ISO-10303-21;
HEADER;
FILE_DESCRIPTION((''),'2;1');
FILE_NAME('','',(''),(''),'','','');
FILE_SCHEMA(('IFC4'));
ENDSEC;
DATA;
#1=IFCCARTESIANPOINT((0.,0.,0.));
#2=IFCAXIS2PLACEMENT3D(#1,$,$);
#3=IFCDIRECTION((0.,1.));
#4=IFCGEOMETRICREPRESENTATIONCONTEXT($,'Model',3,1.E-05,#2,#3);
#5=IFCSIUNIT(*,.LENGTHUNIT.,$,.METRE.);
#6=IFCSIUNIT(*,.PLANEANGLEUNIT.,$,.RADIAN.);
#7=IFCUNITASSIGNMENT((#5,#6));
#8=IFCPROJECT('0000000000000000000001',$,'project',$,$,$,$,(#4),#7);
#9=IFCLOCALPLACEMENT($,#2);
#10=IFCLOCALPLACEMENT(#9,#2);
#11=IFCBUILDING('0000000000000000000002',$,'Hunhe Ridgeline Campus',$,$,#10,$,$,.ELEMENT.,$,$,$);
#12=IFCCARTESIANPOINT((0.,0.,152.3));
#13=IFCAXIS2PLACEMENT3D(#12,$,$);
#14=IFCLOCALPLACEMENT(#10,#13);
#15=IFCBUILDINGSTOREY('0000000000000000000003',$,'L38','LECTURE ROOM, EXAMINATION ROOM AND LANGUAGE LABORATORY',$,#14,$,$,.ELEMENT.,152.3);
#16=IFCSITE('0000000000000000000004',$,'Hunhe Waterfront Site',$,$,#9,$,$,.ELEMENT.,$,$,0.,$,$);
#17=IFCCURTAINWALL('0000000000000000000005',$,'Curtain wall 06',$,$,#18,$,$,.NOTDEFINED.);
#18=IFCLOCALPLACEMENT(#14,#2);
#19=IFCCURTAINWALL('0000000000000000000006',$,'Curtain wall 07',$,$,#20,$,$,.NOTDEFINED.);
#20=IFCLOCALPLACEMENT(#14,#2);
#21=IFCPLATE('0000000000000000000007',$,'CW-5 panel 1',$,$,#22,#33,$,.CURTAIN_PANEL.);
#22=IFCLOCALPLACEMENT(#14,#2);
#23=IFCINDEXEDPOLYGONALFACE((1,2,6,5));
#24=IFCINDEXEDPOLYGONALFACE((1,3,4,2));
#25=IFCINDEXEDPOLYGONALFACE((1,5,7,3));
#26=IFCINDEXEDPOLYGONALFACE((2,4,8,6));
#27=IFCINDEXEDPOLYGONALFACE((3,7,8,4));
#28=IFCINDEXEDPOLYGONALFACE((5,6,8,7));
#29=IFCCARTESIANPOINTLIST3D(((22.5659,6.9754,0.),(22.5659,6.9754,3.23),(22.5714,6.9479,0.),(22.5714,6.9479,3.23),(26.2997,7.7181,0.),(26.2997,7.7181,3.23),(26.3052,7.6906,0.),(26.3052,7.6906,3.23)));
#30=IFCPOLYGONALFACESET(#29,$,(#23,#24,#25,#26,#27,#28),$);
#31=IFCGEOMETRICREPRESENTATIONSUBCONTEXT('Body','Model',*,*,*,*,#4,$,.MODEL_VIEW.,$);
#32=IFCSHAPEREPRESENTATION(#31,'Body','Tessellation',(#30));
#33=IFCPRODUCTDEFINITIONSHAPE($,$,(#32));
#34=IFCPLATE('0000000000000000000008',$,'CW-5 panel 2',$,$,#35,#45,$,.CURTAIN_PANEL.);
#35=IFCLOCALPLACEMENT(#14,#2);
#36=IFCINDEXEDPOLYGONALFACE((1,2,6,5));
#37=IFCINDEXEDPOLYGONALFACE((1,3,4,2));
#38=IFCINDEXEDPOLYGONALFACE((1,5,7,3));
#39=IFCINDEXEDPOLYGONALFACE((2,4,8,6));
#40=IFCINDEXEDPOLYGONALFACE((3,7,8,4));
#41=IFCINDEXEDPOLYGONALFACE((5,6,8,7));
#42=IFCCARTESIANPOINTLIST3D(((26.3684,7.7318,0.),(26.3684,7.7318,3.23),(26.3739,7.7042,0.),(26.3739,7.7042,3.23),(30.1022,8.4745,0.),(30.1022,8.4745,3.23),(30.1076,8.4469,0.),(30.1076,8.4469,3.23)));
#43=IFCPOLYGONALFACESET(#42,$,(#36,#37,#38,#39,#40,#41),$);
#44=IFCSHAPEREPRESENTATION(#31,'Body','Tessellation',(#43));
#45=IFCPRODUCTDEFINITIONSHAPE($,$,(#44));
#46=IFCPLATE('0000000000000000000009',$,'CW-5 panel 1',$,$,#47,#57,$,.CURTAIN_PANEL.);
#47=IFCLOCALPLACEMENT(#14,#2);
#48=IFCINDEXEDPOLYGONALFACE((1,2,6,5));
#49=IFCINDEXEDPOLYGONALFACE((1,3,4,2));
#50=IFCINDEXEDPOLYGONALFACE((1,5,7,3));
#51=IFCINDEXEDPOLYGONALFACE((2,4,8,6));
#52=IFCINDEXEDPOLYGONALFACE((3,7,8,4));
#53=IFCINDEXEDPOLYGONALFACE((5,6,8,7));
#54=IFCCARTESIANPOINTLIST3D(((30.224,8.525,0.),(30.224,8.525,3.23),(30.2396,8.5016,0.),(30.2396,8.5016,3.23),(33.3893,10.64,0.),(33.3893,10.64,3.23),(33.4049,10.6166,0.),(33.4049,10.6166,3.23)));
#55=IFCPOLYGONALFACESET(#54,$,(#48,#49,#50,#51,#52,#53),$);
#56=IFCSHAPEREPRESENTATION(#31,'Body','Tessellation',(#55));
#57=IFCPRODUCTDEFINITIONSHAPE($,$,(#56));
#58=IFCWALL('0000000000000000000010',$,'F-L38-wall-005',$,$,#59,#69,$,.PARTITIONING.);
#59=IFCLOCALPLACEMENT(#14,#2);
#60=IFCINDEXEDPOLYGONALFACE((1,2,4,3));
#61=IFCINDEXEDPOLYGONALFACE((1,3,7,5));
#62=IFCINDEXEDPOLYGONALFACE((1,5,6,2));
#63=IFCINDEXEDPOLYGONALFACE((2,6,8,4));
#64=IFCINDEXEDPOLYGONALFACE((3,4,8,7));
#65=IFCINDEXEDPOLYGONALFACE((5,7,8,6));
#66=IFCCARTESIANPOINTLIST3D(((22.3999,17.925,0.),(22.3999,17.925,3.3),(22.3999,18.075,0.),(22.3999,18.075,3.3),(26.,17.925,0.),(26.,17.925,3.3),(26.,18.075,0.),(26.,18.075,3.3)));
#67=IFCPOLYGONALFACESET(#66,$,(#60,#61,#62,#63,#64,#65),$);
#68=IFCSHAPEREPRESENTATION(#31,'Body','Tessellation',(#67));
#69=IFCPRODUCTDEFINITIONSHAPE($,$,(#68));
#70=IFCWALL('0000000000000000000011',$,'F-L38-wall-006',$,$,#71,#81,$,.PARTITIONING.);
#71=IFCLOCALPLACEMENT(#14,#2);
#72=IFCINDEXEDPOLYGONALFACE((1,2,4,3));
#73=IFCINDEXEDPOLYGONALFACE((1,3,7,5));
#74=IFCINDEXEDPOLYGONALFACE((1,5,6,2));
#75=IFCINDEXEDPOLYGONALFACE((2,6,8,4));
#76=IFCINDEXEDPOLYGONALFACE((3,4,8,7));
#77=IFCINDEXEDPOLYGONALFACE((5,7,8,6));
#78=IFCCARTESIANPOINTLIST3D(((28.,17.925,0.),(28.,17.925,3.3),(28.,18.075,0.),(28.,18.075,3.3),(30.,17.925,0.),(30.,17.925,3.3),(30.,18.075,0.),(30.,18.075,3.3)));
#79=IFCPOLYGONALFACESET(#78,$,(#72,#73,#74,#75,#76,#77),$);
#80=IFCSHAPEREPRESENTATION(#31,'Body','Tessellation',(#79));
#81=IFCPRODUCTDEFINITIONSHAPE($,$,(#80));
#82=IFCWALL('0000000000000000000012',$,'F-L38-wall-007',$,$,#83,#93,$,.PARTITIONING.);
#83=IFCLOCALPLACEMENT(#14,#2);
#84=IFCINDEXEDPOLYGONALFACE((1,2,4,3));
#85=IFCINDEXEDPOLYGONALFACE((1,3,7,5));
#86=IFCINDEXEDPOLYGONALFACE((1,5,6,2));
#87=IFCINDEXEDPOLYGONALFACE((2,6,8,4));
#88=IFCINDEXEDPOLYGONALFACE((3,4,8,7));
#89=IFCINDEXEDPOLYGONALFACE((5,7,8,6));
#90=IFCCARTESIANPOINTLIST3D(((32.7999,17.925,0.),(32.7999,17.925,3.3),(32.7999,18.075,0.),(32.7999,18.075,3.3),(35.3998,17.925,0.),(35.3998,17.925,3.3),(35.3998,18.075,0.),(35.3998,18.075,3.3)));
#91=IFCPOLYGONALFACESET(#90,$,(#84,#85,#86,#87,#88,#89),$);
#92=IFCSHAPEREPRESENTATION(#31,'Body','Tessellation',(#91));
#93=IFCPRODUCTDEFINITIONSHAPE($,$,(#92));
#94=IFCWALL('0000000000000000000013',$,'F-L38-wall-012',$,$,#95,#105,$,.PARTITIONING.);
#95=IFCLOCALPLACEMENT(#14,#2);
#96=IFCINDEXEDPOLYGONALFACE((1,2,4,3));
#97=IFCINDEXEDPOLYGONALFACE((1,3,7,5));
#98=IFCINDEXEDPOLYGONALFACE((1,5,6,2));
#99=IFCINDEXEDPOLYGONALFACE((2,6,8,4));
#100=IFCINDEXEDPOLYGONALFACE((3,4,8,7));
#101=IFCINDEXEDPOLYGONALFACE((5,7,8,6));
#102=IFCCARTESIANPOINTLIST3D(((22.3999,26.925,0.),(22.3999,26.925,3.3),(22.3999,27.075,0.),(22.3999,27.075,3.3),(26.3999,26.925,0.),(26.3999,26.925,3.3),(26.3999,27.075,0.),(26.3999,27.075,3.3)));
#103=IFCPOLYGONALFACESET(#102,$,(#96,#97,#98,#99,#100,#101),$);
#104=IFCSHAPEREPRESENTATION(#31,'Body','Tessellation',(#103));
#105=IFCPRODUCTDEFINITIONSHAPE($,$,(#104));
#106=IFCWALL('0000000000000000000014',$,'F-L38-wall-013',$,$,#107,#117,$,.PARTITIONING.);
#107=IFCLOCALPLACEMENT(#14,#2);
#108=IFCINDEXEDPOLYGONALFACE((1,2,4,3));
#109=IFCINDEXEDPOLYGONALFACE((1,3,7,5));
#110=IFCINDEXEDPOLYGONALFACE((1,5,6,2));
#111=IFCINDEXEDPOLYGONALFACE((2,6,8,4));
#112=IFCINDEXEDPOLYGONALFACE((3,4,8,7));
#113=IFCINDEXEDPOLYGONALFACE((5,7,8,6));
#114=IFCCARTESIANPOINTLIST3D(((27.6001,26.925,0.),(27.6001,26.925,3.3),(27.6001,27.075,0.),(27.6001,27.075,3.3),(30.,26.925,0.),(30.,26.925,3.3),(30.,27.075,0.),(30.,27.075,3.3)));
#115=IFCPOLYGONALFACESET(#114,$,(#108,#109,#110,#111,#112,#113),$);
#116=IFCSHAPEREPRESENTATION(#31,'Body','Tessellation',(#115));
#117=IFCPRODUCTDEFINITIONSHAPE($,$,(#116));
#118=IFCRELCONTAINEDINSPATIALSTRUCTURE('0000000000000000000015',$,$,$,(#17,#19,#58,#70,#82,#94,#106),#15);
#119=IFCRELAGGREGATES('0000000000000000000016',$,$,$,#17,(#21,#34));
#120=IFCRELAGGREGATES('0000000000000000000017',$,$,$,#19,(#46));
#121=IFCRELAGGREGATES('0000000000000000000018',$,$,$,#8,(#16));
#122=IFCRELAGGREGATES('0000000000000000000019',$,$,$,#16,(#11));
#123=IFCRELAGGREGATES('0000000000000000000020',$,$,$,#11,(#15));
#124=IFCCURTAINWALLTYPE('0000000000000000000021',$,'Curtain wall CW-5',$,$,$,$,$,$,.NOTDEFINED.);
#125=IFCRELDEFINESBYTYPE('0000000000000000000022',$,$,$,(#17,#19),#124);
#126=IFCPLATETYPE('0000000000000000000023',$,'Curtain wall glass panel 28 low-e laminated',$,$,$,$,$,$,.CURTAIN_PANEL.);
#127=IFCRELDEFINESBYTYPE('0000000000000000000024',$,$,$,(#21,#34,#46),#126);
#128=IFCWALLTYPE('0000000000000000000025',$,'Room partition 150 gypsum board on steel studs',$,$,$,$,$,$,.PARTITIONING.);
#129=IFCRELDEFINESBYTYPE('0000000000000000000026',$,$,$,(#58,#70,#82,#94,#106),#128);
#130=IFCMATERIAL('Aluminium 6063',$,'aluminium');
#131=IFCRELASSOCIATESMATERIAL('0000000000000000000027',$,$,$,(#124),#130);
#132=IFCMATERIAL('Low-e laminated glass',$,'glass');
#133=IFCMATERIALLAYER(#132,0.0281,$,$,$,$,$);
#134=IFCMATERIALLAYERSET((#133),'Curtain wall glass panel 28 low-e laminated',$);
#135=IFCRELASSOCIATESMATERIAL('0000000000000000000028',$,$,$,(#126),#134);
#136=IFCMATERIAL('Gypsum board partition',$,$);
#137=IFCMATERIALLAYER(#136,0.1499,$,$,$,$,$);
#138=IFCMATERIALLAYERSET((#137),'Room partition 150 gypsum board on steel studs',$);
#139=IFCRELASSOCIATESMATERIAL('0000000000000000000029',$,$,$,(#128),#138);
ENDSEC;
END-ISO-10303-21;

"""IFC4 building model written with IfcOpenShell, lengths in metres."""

from ifc_helpers import new_model, si_unit, direction, frame, frame_2d, origin, origin_2d, place, context, subcontext, project, spatial, rectangle, extrude, material, layer, layer_set, type_object, element, aggregate, save


model = new_model("IFC4")

# Units and contexts
model_context = context("Model", 3, precision=1e-05, world=origin(), true_north=direction((0.0, 1.0)))
body_context = subcontext(model_context, "Body", "Model", "MODEL_VIEW")
ifc_project = project(units=[si_unit("LENGTHUNIT", "METRE"), si_unit("PLANEANGLEUNIT", "RADIAN")], contexts=[model_context])

# Site, building, storey
site_placement = place(None, origin())
site = spatial("IfcSite", under=ifc_project, at=site_placement, Name="Hunhe Waterfront Site", CompositionType="ELEMENT", RefElevation=0.0)
building_placement = place(site_placement, origin())
building = spatial("IfcBuilding", under=site, at=building_placement, Name="Hunhe Ridgeline Campus", CompositionType="ELEMENT")
storey_placement = place(building_placement, frame((0.0, 0.0, 152.3)))
storey = spatial("IfcBuildingStorey", under=building, at=storey_placement, Name="L38", Description="LECTURE ROOM, EXAMINATION ROOM AND LANGUAGE LABORATORY", CompositionType="ELEMENT", Elevation=152.3)

# Shared definitions
ifc_material_1 = material(Name="Aluminium 6063", Category="aluminium")
curtain_wall_type = type_object("IfcCurtainWallType", Name="Curtain wall CW-5", PredefinedType="NOTDEFINED", material=ifc_material_1)

# Curtain wall
curtain_wall_1_placement = place(storey_placement, origin())
curtain_wall_1 = element("IfcCurtainWall", 1, at=curtain_wall_1_placement, inside=storey, type_object=curtain_wall_type, Name="Curtain wall 06", PredefinedType="NOTDEFINED")

# Curtain wall
curtain_wall_2_placement = place(storey_placement, origin())
curtain_wall_2 = element("IfcCurtainWall", 2, at=curtain_wall_2_placement, inside=storey, type_object=curtain_wall_type, Name="Curtain wall 07", PredefinedType="NOTDEFINED")

# Plates
ifc_material_2 = material(Name="Low-e laminated glass", Category="glass")
ifc_layer_1 = layer(ifc_material_2, 0.0281)
ifc_layer_set_1 = layer_set([ifc_layer_1], Name="Curtain wall glass panel 28 low-e laminated")
plate_type = type_object("IfcPlateType", Name="Curtain wall glass panel 28 low-e laminated", PredefinedType="CURTAIN_PANEL", material=ifc_layer_set_1)
plate_1_placement = place(storey_placement, frame((24.4355, 7.333, 0.0), z_axis=(0.0, 0.0, 1.0), x_axis=(0.980785, 0.19509, 0.0)))
plate_1 = element("IfcPlate", 3, at=plate_1_placement, type_object=plate_type, Name="CW-5 panel 1", PredefinedType="CURTAIN_PANEL", context=body_context, shape_type="SweptSolid", body=[
    extrude(rectangle(XDim=3.8069, YDim=0.0281, at=origin_2d()), origin(), (0.0, 0.0, 1.0), 3.23),
])
plate_2_placement = place(storey_placement, frame((28.238, 8.0894, 0.0), z_axis=(0.0, 0.0, 1.0), x_axis=(0.980785, 0.19509, 0.0)))
plate_2 = element("IfcPlate", 4, at=plate_2_placement, type_object=plate_type, Name="CW-5 panel 2", PredefinedType="CURTAIN_PANEL", context=body_context, shape_type="SweptSolid", body=[
    extrude(rectangle(XDim=3.8069, YDim=0.0281, at=origin_2d()), origin(), (0.0, 0.0, 1.0), 3.23),
])
aggregate(curtain_wall_1, [plate_1, plate_2])
plate_3_placement = place(storey_placement, frame((31.8145, 9.5708, 0.0), z_axis=(0.0, 0.0, 1.0), x_axis=(0.83147, 0.55557, 0.0)))
plate_3 = element("IfcPlate", 5, at=plate_3_placement, type_object=plate_type, Name="CW-5 panel 1", PredefinedType="CURTAIN_PANEL", context=body_context, shape_type="SweptSolid", body=[
    extrude(rectangle(XDim=3.8069, YDim=0.0281, at=origin_2d()), origin(), (0.0, 0.0, 1.0), 3.23),
])
aggregate(curtain_wall_2, [plate_3])

# Shared definitions
ifc_material_3 = material(Name="Gypsum board partition")

# Walls
ifc_layer_2 = layer(ifc_material_3, 0.1499)
ifc_layer_set_2 = layer_set([ifc_layer_2], Name="Room partition 150 gypsum board on steel studs")
wall_type_1 = type_object("IfcWallType", Name="Room partition 150 gypsum board on steel studs", PredefinedType="PARTITIONING", material=ifc_layer_set_2)
wall_1_placement = place(storey_placement, frame((22.3999, 18.0, 0.0), z_axis=(0.0, 0.0, 1.0), x_axis=(1.0, 0.0, 0.0)))
element("IfcWall", 6, at=wall_1_placement, inside=storey, type_object=wall_type_1, Name="F-L38-wall-005", PredefinedType="PARTITIONING", context=body_context, shape_type="SweptSolid", body=[
    extrude(rectangle(XDim=3.6001, YDim=0.1499, at=frame_2d((1.8, 0.0))), origin(), (0.0, 0.0, 1.0), 3.3),
])
wall_2_placement = place(storey_placement, frame((28.0, 18.0, 0.0), z_axis=(0.0, 0.0, 1.0), x_axis=(1.0, 0.0, 0.0)))
element("IfcWall", 7, at=wall_2_placement, inside=storey, type_object=wall_type_1, Name="F-L38-wall-006", PredefinedType="PARTITIONING", context=body_context, shape_type="SweptSolid", body=[
    extrude(rectangle(XDim=2.0, YDim=0.1499, at=frame_2d((1.0, 0.0))), origin(), (0.0, 0.0, 1.0), 3.3),
])
wall_3_placement = place(storey_placement, frame((32.8, 18.0, 0.0), z_axis=(0.0, 0.0, 1.0), x_axis=(1.0, 0.0, 0.0)))
element("IfcWall", 8, at=wall_3_placement, inside=storey, type_object=wall_type_1, Name="F-L38-wall-007", PredefinedType="PARTITIONING", context=body_context, shape_type="SweptSolid", body=[
    extrude(rectangle(XDim=2.5999, YDim=0.1499, at=frame_2d((1.2998, 0.0))), origin(), (0.0, 0.0, 1.0), 3.3),
])
wall_4_placement = place(storey_placement, frame((22.3999, 27.0, 0.0), z_axis=(0.0, 0.0, 1.0), x_axis=(1.0, 0.0, 0.0)))
element("IfcWall", 9, at=wall_4_placement, inside=storey, type_object=wall_type_1, Name="F-L38-wall-012", PredefinedType="PARTITIONING", context=body_context, shape_type="SweptSolid", body=[
    extrude(rectangle(XDim=4.0, YDim=0.1499, at=frame_2d((2.0, 0.0))), origin(), (0.0, 0.0, 1.0), 3.3),
])
wall_5_placement = place(storey_placement, frame((27.6001, 27.0, 0.0), z_axis=(0.0, 0.0, 1.0), x_axis=(1.0, 0.0, 0.0)))
element("IfcWall", 10, at=wall_5_placement, inside=storey, type_object=wall_type_1, Name="F-L38-wall-013", PredefinedType="PARTITIONING", context=body_context, shape_type="SweptSolid", body=[
    extrude(rectangle(XDim=2.3999, YDim=0.1499, at=frame_2d((1.2, 0.0))), origin(), (0.0, 0.0, 1.0), 3.3),
])

save(model, "model.ifc")
